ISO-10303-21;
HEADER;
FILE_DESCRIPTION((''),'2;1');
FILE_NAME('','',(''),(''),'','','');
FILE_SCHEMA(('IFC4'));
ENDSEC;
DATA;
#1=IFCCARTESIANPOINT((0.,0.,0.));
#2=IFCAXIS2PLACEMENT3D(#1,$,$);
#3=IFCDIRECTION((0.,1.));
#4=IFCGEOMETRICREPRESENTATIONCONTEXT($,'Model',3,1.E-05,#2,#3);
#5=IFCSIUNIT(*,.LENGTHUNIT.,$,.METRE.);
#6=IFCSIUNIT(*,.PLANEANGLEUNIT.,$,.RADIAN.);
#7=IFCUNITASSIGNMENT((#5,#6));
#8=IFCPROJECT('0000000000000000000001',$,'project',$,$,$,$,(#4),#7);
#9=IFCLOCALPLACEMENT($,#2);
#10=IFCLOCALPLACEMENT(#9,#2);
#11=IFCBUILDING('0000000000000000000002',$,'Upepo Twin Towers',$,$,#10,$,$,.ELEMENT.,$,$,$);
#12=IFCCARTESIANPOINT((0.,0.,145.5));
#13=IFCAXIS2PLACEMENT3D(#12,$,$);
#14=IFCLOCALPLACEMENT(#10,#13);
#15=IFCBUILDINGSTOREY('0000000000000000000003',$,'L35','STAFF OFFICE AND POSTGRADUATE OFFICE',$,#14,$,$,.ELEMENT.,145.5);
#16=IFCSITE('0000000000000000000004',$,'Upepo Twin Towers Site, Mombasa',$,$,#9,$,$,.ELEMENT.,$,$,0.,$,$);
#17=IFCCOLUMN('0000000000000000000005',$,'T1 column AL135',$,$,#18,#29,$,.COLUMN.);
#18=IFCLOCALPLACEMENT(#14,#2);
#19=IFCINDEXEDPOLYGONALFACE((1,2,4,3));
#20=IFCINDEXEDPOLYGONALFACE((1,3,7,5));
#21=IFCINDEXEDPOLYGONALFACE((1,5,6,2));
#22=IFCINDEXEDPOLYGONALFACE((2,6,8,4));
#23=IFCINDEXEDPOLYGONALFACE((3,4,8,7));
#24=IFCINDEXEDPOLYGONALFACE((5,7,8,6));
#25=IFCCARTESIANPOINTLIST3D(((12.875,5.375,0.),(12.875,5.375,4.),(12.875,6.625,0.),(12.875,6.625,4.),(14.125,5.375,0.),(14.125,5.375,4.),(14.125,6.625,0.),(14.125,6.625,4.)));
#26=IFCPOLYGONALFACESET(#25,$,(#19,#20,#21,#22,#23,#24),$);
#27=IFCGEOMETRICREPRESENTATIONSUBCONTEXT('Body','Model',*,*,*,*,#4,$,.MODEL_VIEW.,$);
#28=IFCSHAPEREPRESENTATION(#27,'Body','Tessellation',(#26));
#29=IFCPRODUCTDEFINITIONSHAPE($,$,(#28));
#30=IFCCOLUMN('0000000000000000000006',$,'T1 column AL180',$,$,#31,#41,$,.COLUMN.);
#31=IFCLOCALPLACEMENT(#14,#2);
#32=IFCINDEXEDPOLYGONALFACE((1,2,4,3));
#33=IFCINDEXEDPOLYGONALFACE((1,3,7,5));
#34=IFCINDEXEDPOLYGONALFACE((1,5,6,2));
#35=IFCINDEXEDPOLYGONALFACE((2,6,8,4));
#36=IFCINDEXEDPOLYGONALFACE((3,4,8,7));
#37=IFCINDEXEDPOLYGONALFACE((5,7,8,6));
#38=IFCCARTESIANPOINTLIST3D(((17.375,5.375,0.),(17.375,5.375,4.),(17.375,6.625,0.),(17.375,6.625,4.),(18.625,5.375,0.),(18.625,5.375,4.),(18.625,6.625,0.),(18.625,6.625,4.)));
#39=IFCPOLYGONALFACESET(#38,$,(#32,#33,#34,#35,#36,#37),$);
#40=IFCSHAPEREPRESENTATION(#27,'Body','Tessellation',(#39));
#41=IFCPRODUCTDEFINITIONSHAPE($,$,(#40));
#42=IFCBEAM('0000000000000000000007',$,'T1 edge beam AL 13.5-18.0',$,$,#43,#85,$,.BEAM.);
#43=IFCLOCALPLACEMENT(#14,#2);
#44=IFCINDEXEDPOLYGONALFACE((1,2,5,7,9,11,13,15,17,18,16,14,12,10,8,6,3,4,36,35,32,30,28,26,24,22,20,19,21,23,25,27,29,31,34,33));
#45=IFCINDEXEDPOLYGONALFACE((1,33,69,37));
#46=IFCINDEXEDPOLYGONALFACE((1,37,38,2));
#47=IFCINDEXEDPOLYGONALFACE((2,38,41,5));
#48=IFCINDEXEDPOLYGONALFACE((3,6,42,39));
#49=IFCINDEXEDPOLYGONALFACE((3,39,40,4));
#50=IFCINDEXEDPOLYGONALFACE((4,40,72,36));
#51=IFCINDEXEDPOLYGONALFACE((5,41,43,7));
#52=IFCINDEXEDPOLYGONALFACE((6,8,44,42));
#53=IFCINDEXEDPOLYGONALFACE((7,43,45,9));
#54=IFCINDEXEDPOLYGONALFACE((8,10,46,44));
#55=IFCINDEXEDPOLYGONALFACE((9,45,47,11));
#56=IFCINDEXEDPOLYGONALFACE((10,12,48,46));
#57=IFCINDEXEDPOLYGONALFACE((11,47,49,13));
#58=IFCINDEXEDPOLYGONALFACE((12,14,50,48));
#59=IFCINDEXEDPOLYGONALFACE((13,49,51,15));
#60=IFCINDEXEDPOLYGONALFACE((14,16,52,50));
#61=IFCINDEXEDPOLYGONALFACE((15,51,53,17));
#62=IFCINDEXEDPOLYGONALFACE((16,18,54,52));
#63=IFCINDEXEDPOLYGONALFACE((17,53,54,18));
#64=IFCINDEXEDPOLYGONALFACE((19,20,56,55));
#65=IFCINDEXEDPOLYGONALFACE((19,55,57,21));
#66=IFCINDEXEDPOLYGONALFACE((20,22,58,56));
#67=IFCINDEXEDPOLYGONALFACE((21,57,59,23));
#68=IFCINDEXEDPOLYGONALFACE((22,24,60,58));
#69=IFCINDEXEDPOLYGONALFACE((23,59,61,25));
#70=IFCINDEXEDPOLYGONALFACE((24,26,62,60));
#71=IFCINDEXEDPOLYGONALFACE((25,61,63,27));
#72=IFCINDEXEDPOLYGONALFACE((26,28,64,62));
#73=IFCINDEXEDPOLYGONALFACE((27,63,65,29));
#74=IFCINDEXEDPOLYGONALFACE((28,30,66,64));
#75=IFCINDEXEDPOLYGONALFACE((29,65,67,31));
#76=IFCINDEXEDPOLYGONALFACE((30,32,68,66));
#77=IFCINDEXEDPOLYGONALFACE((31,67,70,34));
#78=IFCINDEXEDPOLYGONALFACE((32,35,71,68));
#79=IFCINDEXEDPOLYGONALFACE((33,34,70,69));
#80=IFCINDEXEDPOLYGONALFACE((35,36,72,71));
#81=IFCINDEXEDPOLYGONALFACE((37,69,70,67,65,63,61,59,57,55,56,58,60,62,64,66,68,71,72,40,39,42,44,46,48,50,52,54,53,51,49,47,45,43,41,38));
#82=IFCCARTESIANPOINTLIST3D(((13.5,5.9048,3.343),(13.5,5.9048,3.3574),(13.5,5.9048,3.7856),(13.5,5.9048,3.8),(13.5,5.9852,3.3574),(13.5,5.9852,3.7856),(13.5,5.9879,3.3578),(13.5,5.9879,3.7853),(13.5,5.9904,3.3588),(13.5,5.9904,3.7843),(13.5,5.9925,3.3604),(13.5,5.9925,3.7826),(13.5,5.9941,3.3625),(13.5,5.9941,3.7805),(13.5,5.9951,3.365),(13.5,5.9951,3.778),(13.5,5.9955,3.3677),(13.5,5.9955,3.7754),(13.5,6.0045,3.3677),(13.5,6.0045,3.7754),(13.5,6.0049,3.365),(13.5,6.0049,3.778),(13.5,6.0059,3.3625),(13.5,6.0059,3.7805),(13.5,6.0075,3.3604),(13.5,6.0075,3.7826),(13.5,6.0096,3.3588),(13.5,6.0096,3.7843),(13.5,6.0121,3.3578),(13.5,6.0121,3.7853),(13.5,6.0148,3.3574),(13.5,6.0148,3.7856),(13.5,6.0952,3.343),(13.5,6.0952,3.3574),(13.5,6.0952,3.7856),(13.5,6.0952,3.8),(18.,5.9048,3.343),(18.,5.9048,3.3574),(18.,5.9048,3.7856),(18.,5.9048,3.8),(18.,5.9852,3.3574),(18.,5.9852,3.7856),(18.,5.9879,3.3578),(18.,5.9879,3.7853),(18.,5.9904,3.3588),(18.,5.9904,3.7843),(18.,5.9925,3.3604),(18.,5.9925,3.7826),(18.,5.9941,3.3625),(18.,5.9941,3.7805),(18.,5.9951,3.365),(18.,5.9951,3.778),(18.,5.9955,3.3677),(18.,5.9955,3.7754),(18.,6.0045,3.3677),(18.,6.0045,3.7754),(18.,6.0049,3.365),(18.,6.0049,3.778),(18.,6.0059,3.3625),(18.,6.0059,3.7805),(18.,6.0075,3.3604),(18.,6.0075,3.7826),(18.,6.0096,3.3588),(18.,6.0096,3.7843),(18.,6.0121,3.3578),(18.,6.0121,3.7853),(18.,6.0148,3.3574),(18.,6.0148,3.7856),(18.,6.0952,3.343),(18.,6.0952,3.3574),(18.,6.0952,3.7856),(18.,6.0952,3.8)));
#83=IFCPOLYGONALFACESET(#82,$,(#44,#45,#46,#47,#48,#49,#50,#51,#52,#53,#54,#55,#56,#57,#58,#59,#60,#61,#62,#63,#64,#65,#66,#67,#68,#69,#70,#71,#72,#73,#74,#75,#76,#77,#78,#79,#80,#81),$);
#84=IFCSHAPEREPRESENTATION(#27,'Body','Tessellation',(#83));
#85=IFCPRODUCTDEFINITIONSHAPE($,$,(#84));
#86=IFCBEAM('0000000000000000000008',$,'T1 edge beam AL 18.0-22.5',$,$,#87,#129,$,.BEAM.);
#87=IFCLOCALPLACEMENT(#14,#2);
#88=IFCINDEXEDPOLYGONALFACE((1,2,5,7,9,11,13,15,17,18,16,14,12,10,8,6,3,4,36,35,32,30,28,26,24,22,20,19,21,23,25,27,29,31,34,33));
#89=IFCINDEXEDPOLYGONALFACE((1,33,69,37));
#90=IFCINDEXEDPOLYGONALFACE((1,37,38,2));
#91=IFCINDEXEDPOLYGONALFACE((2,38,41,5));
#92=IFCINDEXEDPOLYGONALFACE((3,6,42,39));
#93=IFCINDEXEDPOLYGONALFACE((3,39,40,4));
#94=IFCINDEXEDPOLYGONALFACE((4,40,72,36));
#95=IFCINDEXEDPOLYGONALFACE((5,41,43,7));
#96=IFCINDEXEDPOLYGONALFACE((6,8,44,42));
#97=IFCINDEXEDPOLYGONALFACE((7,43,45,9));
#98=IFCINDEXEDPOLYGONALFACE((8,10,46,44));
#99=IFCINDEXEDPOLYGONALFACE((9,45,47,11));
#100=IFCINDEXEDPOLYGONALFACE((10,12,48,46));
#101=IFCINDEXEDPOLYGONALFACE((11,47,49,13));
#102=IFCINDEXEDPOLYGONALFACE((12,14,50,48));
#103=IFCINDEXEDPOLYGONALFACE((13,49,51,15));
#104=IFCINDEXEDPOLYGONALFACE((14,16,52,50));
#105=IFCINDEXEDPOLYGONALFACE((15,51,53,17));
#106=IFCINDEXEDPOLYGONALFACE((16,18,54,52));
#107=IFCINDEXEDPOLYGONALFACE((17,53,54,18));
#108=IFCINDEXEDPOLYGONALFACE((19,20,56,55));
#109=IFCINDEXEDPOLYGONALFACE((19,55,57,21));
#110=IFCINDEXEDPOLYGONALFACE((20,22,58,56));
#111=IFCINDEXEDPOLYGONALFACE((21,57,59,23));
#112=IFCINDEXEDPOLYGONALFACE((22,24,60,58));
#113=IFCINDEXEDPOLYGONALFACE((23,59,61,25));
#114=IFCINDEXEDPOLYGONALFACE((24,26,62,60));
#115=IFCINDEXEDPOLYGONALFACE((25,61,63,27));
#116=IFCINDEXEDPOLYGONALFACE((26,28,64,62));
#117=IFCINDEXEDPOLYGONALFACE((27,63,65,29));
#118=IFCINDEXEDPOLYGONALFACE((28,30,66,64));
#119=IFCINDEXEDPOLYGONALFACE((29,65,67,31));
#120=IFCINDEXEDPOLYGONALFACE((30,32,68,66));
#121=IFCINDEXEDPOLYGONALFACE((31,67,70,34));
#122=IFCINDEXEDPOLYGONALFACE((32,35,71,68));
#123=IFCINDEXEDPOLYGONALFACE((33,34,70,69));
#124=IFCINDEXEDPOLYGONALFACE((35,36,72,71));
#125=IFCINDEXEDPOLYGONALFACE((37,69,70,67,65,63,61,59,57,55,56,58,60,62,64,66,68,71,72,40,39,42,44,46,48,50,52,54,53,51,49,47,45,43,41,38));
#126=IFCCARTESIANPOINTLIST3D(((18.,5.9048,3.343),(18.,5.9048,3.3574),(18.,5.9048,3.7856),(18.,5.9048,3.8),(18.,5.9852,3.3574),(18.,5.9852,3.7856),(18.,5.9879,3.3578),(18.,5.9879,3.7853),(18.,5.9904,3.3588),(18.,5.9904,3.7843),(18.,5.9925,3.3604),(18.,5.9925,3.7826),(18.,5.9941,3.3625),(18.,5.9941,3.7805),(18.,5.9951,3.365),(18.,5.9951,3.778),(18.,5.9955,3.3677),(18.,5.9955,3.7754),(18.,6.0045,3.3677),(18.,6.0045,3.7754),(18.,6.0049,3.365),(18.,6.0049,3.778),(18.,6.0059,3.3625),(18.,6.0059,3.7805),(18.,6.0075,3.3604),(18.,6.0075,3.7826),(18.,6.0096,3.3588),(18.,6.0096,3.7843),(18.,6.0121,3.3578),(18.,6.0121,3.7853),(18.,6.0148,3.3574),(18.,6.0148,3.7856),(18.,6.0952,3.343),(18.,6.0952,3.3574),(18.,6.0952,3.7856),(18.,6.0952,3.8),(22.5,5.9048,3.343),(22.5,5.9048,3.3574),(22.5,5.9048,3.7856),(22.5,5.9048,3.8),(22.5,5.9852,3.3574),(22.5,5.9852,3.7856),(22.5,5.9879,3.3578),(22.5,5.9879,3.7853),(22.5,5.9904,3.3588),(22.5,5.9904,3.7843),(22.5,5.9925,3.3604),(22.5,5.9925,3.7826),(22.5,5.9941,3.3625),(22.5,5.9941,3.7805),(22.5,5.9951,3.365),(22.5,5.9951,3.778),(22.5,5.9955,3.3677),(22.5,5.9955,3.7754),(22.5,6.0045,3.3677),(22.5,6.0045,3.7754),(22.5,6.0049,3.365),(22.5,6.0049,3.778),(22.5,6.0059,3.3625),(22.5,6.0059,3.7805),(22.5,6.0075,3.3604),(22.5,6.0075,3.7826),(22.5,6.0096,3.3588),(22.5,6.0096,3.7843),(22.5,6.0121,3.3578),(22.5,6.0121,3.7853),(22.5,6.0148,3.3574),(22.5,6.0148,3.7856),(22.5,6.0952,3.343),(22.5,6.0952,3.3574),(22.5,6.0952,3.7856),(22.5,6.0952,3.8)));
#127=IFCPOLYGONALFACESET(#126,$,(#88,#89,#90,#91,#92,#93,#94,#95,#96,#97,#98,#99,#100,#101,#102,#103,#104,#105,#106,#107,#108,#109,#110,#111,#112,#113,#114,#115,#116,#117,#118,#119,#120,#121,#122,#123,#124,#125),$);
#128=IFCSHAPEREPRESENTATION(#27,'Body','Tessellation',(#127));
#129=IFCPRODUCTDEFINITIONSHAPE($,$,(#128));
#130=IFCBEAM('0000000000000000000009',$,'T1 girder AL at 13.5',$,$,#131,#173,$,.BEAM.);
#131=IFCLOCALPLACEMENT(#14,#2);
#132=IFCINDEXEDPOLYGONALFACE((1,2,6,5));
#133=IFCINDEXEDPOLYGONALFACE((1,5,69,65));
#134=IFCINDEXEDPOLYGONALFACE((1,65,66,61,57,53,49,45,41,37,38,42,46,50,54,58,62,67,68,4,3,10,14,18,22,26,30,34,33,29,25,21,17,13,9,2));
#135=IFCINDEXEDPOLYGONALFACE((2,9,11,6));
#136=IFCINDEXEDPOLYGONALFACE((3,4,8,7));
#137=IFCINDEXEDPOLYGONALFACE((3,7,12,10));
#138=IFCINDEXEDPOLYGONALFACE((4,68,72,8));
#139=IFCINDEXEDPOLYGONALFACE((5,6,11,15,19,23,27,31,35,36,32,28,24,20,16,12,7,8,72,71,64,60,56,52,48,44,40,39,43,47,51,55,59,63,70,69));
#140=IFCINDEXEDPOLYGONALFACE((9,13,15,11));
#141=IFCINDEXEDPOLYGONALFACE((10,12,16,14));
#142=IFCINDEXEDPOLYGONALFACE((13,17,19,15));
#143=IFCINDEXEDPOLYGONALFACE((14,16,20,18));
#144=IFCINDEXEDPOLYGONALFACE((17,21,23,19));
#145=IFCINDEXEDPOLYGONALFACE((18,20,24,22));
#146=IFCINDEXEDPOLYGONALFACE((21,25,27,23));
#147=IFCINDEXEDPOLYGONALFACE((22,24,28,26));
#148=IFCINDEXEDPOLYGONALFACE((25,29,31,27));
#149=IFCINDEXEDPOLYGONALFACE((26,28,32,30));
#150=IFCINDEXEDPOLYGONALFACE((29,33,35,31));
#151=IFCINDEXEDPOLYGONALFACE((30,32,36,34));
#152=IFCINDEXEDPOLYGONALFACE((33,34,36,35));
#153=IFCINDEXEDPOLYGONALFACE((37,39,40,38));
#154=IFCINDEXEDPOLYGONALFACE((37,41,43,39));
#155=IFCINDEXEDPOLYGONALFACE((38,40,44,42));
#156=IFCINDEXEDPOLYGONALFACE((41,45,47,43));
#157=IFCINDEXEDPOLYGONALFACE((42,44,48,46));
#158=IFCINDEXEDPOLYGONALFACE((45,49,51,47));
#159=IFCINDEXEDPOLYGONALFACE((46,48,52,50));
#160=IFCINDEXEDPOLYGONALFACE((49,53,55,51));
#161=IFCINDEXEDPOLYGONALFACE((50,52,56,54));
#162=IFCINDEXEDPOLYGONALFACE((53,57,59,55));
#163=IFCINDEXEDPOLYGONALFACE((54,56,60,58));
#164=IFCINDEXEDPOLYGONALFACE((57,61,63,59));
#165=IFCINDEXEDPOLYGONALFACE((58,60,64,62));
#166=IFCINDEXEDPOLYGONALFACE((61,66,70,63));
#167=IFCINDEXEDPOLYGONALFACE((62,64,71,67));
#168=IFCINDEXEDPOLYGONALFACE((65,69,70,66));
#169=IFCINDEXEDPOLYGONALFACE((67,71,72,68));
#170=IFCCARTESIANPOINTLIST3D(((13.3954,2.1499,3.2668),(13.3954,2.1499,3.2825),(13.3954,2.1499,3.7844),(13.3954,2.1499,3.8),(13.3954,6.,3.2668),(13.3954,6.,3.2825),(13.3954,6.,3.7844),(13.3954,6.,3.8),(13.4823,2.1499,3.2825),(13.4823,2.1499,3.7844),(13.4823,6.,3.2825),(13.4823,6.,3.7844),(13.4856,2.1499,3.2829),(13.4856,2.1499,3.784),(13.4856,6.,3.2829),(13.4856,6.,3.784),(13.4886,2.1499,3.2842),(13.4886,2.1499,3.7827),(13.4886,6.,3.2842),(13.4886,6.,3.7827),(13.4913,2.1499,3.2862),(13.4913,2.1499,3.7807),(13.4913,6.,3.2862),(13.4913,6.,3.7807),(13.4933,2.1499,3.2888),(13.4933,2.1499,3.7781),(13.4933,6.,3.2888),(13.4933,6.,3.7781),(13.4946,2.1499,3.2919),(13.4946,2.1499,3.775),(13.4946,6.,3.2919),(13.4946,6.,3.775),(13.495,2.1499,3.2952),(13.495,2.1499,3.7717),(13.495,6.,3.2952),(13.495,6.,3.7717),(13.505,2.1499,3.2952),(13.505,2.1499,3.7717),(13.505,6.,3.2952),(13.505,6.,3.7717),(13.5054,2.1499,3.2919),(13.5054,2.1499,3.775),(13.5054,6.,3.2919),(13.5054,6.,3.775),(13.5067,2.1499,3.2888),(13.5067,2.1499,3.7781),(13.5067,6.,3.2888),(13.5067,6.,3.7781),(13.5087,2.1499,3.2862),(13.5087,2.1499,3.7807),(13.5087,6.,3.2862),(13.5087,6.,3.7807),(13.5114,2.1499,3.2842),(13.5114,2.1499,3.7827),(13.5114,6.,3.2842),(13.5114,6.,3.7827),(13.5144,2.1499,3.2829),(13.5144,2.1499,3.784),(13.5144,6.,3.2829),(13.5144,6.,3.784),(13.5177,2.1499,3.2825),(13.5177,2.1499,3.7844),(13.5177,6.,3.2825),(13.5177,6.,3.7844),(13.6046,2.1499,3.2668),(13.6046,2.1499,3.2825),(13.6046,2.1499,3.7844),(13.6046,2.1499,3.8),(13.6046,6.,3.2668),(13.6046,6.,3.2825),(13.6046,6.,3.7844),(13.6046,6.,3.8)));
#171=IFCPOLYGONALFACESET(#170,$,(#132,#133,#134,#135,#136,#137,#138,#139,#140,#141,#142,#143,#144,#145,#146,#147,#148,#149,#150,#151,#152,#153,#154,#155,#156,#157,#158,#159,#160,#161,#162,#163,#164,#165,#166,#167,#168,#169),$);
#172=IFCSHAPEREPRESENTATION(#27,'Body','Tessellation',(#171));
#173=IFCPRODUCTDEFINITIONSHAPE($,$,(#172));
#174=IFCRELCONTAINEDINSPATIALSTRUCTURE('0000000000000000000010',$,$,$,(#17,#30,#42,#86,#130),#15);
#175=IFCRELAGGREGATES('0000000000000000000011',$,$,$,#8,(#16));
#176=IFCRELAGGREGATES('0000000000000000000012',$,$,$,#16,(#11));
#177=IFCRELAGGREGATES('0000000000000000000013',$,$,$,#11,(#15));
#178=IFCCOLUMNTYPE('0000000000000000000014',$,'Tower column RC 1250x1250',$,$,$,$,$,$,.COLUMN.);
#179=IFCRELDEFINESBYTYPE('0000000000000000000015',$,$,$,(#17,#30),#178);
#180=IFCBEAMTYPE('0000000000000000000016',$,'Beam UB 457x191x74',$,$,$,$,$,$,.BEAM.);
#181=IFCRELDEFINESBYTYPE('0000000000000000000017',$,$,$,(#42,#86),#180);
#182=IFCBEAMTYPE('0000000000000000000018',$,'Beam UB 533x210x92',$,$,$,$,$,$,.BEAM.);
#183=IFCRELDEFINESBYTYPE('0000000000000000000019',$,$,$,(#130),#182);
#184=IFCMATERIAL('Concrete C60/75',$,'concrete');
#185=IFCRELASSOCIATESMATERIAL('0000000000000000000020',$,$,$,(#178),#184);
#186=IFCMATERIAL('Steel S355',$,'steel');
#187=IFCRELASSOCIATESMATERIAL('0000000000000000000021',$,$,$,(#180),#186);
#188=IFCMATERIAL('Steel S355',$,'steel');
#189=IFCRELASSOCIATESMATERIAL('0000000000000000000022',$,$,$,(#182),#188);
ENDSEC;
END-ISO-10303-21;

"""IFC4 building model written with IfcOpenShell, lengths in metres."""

from ifc_helpers import new_model, si_unit, direction, frame, origin, origin_2d, place, context, subcontext, project, spatial, rectangle, i_section, extrude, material, material_profile, profile_set, type_object, element, save


model = new_model("IFC4")

# Units and contexts
model_context = context("Model", 3, precision=1e-05, world=origin(), true_north=direction((0.0, 1.0)))
body_context = subcontext(model_context, "Body", "Model", "MODEL_VIEW")
ifc_project = project(units=[si_unit("LENGTHUNIT", "METRE"), si_unit("PLANEANGLEUNIT", "RADIAN")], contexts=[model_context])

# Site, building, storey
site_placement = place(None, origin())
site = spatial("IfcSite", under=ifc_project, at=site_placement, Name="Upepo Twin Towers Site, Mombasa", CompositionType="ELEMENT", RefElevation=0.0)
building_placement = place(site_placement, origin())
building = spatial("IfcBuilding", under=site, at=building_placement, Name="Upepo Twin Towers", CompositionType="ELEMENT")
storey_placement = place(building_placement, frame((0.0, 0.0, 145.5)))
storey = spatial("IfcBuildingStorey", under=building, at=storey_placement, Name="L35", Description="STAFF OFFICE AND POSTGRADUATE OFFICE", CompositionType="ELEMENT", Elevation=145.5)

# Columns
ifc_material_1 = material(Name="Concrete C60/75", Category="concrete")
ifc_material_profile_1 = material_profile(ifc_material_1, rectangle(XDim=1.25, YDim=1.25, at=origin_2d()), Name="RC 1250x1250")
ifc_profile_set_1 = profile_set([ifc_material_profile_1], Name="Concrete C60/75")
column_type = type_object("IfcColumnType", Name="Tower column RC 1250x1250", PredefinedType="COLUMN", material=ifc_profile_set_1)
for number, where, z_axis, x_axis, name in (
    (1, (13.5, 6.0, 0.0), (0.0, 0.0, 1.0), (1.0, 0.0, 0.0), "T1 column AL135"),
    (2, (18.0, 6.0, 0.0), (0.0, 0.0, 1.0), (1.0, 0.0, 0.0), "T1 column AL180"),
):
    element("IfcColumn", number, at=place(storey_placement, frame(where, z_axis=z_axis, x_axis=x_axis)), inside=storey, type_object=column_type, Name=name, PredefinedType="COLUMN", context=body_context, shape_type="SweptSolid", body=[
        extrude(rectangle(XDim=1.25, YDim=1.25, at=origin_2d()), origin(), (0.0, 0.0, 1.0), 4.0),
    ])

# Beams
ifc_material_2 = material(Name="Steel S355", Category="steel")
ifc_material_profile_2 = material_profile(ifc_material_2, i_section(OverallWidth=0.1904, OverallDepth=0.457, WebThickness=0.009, FlangeThickness=0.0144, FilletRadius=0.0103, at=origin_2d()), Name="UB 457x191x74")
ifc_profile_set_2 = profile_set([ifc_material_profile_2], Name="Steel S355")
beam_type_1 = type_object("IfcBeamType", Name="Beam UB 457x191x74", PredefinedType="BEAM", material=ifc_profile_set_2)
for number, where, z_axis, x_axis, name in (
    (3, (13.5, 6.0, 3.5715), (1.0, 0.0, 0.0), (0.0, 1.0, 0.0), "T1 edge beam AL 13.5-18.0"),
    (4, (18.0, 6.0, 3.5715), (1.0, 0.0, 0.0), (0.0, 1.0, 0.0), "T1 edge beam AL 18.0-22.5"),
):
    element("IfcBeam", number, at=place(storey_placement, frame(where, z_axis=z_axis, x_axis=x_axis)), inside=storey, type_object=beam_type_1, Name=name, PredefinedType="BEAM", context=body_context, shape_type="SweptSolid", body=[
        extrude(i_section(OverallWidth=0.1904, OverallDepth=0.457, WebThickness=0.009, FlangeThickness=0.0144, FilletRadius=0.0103, at=origin_2d()), origin(), (0.0, 0.0, 1.0), 4.5),
    ])
ifc_material_3 = material(Name="Steel S355", Category="steel")
ifc_material_profile_3 = material_profile(ifc_material_3, i_section(OverallWidth=0.2092, OverallDepth=0.5332, WebThickness=0.01, FlangeThickness=0.0156, FilletRadius=0.0127, at=origin_2d()), Name="UB 533x210x92")
ifc_profile_set_3 = profile_set([ifc_material_profile_3], Name="Steel S355")
beam_type_2 = type_object("IfcBeamType", Name="Beam UB 533x210x92", PredefinedType="BEAM", material=ifc_profile_set_3)
for number, where, z_axis, x_axis, name in (
    (5, (13.5, 6.0, 3.5334), (0.0, -1.0, 0.0), (1.0, 0.0, 0.0), "T1 girder AL at 13.5"),
):
    element("IfcBeam", number, at=place(storey_placement, frame(where, z_axis=z_axis, x_axis=x_axis)), inside=storey, type_object=beam_type_2, Name=name, PredefinedType="BEAM", context=body_context, shape_type="SweptSolid", body=[
        extrude(i_section(OverallWidth=0.2092, OverallDepth=0.5332, WebThickness=0.01, FlangeThickness=0.0156, FilletRadius=0.0127, at=origin_2d()), origin(), (0.0, 0.0, 1.0), 3.8501),
    ])

save(model, "model.ifc")
